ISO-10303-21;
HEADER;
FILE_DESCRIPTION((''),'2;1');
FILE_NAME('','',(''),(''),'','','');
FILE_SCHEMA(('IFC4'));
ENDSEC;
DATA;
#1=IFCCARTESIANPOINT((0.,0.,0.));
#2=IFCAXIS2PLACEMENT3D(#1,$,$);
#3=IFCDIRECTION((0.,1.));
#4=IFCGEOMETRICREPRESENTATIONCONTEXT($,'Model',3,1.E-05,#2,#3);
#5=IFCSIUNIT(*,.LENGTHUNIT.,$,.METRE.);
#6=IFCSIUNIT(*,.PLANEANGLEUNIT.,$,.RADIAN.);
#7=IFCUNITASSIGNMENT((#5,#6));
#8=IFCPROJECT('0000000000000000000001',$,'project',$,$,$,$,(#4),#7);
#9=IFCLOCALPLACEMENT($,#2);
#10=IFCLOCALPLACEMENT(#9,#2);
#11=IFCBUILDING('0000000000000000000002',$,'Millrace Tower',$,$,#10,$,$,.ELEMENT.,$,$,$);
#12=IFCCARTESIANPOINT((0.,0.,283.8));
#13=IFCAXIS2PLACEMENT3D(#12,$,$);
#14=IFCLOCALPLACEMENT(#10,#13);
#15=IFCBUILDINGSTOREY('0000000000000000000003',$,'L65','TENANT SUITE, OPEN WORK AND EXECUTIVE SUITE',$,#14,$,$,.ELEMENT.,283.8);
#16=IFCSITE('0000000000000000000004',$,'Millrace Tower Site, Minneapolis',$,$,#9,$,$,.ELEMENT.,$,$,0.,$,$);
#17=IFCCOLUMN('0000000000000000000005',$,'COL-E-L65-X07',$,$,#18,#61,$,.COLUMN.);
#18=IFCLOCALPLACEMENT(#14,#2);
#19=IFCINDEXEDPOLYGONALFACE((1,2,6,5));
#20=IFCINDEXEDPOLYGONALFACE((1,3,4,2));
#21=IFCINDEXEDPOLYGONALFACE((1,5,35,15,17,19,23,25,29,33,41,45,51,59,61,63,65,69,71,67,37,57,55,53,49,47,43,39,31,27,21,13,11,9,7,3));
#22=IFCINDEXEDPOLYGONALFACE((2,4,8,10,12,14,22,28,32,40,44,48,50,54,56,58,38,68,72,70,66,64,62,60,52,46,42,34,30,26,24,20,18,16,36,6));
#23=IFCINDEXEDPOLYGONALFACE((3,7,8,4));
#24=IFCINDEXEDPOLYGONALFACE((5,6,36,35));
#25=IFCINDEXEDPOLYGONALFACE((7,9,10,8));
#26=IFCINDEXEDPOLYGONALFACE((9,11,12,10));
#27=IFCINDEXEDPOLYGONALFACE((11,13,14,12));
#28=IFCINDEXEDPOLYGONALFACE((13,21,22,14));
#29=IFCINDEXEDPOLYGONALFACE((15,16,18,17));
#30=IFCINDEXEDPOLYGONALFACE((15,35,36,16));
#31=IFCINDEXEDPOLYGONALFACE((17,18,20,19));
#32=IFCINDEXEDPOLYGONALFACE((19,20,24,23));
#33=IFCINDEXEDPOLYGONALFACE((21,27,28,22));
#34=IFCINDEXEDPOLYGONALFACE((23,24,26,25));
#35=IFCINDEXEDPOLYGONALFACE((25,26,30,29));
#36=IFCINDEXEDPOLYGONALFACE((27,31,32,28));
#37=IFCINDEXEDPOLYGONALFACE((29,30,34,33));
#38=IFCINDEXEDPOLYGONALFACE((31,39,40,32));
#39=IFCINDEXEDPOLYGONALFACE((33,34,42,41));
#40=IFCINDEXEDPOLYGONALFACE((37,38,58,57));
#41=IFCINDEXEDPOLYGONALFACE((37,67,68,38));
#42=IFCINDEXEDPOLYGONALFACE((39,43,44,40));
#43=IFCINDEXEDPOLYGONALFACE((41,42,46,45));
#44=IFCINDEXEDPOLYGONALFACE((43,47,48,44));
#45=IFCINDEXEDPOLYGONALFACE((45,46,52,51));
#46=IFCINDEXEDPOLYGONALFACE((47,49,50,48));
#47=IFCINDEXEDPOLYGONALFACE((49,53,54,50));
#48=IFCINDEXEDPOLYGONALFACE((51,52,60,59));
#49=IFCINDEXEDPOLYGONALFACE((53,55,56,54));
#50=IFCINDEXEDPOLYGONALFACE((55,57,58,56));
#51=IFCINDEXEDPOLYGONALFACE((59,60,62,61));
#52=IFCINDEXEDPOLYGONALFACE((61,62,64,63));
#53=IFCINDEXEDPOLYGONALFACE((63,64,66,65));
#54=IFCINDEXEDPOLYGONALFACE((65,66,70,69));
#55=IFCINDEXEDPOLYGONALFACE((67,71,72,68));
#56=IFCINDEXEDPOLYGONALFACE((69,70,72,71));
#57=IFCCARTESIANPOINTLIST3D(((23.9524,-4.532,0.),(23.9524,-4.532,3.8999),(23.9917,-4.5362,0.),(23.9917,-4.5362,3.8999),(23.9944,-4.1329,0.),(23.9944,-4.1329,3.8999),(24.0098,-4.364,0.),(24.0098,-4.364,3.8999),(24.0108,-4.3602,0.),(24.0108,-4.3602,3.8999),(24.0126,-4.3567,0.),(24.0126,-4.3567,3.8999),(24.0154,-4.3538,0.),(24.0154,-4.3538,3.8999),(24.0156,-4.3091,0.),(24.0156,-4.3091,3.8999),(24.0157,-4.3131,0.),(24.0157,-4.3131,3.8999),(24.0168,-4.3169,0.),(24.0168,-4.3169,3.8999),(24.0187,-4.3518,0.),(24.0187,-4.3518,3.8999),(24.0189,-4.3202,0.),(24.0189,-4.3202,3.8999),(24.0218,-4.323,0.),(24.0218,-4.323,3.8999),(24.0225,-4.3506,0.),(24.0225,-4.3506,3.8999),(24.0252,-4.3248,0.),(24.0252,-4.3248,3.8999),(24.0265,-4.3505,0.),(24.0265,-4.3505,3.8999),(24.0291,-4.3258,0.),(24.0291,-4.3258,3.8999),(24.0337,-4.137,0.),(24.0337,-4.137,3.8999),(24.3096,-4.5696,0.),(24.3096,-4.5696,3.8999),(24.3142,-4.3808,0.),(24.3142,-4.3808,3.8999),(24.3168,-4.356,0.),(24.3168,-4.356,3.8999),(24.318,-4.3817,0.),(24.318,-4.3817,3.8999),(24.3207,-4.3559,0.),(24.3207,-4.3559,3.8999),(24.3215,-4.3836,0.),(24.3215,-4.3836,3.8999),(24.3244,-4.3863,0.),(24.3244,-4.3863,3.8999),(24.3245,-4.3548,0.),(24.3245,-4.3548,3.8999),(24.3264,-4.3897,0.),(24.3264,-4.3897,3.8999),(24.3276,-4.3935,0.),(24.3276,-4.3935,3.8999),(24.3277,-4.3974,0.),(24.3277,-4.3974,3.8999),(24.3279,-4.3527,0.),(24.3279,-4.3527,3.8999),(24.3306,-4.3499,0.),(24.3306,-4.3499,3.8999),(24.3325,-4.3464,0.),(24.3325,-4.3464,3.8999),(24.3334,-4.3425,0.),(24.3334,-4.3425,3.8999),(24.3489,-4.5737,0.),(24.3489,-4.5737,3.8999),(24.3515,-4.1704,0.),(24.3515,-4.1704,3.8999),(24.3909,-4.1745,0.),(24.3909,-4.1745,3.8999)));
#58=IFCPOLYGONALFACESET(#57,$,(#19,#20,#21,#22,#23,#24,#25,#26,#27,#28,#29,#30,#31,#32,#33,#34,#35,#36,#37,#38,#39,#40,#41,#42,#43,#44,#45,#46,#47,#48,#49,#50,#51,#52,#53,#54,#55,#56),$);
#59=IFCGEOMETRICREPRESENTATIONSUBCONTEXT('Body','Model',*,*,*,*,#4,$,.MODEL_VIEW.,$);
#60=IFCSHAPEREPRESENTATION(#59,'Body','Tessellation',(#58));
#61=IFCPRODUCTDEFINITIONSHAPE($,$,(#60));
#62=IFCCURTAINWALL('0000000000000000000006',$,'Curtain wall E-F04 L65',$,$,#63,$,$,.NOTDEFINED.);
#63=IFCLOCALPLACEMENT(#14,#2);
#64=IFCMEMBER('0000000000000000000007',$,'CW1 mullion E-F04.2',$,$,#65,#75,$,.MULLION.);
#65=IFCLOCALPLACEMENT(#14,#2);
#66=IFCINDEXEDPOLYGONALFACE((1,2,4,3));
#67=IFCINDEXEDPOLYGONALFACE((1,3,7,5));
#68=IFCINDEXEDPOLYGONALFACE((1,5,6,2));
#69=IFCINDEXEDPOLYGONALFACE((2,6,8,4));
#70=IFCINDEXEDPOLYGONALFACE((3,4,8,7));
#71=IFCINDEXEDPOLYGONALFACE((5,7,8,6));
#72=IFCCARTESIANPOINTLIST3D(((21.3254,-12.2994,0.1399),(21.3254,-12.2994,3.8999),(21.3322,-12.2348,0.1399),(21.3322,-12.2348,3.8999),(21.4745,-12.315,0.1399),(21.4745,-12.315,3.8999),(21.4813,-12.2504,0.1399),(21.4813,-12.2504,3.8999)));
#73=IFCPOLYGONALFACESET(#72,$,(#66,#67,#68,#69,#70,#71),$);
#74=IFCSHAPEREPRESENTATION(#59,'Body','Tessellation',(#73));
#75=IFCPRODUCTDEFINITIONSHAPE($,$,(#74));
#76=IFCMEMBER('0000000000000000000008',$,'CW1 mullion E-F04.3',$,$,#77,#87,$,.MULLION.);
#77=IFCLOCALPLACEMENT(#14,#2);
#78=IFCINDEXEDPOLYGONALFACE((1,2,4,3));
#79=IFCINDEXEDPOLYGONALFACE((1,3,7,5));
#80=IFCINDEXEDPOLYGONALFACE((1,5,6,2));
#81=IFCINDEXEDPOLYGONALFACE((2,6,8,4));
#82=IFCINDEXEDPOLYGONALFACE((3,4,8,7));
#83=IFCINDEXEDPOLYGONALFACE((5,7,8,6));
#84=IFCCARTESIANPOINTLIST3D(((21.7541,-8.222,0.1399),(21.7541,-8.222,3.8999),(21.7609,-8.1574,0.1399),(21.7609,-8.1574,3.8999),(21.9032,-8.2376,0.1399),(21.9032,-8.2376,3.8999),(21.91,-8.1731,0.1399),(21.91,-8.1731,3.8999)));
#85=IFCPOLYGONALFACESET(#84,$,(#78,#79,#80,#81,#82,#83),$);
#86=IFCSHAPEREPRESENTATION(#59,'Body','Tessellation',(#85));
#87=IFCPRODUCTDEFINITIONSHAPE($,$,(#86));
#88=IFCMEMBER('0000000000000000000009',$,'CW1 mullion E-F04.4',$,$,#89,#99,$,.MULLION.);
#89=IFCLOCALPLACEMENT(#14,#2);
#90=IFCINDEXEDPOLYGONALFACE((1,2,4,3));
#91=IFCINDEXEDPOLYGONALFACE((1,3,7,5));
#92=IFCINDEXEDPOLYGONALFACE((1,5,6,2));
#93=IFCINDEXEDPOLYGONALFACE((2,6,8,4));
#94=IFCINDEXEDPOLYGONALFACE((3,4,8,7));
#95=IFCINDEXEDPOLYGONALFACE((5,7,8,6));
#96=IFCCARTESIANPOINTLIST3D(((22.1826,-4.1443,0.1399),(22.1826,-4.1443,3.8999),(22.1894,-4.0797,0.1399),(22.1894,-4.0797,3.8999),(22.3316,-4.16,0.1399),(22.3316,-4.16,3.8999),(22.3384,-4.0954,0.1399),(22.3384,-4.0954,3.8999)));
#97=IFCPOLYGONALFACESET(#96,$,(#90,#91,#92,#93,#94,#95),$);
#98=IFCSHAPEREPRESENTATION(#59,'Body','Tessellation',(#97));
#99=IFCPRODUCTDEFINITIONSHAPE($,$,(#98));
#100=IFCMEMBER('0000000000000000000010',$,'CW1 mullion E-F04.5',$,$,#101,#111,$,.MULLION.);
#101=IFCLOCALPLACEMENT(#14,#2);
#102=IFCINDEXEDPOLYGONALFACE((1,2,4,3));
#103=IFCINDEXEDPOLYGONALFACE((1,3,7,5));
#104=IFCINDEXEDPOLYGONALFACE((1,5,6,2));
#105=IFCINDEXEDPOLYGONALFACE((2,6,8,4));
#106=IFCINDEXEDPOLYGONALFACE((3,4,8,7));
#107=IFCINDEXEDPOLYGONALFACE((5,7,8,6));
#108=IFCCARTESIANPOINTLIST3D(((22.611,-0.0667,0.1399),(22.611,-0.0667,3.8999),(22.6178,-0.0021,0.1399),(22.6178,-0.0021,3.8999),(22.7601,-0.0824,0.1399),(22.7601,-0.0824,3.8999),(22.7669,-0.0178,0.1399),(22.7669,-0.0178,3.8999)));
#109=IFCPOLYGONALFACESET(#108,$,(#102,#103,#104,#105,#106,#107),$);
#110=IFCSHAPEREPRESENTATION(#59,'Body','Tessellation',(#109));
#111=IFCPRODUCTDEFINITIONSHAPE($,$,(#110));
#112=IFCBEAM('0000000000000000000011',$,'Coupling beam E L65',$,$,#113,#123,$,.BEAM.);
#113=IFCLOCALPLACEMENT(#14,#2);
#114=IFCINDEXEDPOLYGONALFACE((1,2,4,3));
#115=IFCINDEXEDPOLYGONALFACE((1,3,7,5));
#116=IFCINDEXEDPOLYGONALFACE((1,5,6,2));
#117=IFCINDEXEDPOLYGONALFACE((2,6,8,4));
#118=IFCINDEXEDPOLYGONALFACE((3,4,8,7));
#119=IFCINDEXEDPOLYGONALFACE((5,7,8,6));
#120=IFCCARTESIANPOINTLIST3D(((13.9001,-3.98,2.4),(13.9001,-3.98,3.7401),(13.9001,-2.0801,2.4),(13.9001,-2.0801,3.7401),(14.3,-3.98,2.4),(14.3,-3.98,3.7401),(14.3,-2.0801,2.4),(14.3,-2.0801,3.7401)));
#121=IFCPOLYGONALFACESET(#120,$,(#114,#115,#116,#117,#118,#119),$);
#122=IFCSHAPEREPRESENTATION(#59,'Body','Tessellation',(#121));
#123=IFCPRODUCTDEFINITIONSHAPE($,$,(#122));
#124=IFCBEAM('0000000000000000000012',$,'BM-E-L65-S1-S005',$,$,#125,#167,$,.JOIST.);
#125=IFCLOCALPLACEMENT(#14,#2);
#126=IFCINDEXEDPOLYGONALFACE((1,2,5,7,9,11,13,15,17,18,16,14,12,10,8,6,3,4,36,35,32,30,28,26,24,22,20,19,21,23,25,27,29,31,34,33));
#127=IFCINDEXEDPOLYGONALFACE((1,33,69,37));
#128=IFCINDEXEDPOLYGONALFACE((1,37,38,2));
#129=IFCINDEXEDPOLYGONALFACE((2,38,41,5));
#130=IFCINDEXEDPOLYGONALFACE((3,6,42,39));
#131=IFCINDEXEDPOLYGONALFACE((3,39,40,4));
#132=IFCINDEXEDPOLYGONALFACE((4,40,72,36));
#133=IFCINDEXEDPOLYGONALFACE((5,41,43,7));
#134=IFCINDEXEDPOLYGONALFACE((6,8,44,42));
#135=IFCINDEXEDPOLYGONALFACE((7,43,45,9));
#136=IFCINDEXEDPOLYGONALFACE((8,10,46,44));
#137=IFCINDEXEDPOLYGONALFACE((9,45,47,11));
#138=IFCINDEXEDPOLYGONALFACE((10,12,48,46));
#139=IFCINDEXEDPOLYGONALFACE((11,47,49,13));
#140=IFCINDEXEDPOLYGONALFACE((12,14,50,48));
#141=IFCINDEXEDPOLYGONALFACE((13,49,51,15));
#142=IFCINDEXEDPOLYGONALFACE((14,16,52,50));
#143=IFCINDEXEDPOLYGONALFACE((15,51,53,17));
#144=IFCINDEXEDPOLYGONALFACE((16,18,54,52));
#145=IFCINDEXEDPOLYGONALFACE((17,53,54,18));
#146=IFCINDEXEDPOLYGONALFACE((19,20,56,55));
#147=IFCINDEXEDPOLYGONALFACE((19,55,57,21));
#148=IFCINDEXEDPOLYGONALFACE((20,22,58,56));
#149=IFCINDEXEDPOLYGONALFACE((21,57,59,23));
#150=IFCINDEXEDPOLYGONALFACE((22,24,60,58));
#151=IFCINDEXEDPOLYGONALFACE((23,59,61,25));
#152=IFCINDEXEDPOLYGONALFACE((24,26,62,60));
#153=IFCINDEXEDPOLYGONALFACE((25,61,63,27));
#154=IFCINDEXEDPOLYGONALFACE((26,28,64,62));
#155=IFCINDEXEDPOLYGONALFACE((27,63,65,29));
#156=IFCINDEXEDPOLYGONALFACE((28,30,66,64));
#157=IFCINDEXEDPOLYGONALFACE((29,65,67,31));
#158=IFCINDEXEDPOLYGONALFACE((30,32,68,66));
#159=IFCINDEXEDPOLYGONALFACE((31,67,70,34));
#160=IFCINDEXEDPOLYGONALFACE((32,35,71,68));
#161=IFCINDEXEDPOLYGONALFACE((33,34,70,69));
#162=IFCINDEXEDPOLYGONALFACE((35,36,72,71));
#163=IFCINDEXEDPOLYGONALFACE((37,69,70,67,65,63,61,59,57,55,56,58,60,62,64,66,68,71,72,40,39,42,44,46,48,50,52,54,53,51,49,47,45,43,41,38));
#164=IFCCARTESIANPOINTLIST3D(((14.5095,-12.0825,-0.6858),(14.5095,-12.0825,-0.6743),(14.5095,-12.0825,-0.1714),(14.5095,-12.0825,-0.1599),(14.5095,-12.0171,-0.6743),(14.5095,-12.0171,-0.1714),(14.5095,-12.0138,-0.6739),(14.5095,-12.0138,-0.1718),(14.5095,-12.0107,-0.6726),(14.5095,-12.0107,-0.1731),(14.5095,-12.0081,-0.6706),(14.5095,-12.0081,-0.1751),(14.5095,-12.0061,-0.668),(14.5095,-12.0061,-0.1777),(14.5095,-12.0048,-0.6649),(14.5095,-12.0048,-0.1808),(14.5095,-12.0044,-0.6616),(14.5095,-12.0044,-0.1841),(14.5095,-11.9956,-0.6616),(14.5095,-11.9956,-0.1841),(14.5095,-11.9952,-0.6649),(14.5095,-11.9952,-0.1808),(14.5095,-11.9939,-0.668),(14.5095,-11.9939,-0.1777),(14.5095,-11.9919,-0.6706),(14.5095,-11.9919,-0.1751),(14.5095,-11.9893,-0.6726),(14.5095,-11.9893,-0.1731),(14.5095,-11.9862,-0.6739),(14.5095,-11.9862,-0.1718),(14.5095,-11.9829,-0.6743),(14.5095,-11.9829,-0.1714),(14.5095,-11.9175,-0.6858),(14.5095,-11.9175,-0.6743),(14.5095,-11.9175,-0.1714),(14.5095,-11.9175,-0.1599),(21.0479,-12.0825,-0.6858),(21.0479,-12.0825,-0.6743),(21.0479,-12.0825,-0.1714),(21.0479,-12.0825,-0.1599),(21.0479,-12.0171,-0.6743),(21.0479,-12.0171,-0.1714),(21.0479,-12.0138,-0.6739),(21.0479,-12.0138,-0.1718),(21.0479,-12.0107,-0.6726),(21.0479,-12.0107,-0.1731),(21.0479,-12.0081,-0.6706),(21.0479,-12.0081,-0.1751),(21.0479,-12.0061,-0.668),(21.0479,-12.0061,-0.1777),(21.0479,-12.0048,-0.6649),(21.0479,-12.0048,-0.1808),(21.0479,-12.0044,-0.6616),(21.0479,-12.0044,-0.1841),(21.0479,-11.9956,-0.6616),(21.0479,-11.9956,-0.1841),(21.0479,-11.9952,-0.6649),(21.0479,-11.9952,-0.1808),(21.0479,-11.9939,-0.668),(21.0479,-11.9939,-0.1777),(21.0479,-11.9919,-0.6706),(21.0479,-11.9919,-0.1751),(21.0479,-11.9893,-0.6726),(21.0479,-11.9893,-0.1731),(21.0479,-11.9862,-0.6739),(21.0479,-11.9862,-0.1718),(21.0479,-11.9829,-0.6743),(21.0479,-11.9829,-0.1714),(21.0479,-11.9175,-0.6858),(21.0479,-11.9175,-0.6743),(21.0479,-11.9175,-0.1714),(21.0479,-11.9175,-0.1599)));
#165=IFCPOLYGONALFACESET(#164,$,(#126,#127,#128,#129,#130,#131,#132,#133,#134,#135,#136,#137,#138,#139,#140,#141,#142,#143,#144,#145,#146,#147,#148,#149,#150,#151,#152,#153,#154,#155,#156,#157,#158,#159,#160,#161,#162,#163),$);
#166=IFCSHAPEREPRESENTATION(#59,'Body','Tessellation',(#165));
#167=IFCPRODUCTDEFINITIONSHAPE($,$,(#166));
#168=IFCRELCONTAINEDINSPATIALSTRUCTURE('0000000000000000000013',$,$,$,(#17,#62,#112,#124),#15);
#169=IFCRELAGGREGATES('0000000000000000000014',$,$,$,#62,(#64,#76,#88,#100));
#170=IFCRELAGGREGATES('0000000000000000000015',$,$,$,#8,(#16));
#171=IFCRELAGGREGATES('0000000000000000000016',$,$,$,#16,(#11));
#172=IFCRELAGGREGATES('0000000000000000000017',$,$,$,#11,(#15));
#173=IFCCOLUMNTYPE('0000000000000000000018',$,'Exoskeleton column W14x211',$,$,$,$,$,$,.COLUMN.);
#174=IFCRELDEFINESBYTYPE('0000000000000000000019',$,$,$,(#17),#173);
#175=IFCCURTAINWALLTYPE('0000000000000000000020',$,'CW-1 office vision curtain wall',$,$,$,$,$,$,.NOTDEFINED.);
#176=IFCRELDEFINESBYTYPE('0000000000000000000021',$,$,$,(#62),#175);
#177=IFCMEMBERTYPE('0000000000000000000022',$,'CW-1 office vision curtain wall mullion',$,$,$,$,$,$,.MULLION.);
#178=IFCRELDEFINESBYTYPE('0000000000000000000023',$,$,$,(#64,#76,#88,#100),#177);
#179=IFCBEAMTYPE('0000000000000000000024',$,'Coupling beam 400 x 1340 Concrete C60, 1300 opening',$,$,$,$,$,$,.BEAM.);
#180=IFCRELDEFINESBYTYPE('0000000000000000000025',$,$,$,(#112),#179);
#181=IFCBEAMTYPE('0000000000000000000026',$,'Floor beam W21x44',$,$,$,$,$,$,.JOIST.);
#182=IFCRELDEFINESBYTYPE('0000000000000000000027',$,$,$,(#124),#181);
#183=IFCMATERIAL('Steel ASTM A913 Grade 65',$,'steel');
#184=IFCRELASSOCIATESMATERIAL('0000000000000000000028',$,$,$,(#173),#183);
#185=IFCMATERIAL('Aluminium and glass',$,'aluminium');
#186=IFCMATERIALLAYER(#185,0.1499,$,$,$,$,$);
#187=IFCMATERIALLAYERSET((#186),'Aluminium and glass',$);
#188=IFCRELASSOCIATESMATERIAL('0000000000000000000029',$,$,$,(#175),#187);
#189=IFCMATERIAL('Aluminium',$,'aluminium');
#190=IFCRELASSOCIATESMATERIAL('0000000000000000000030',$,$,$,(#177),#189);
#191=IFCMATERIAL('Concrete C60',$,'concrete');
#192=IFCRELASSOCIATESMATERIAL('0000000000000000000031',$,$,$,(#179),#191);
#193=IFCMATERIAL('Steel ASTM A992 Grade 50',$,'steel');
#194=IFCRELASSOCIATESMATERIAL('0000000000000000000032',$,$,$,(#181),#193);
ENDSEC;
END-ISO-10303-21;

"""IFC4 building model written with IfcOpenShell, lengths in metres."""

from ifc_helpers import new_model, si_unit, direction, frame, origin, origin_2d, place, context, subcontext, project, spatial, rectangle, i_section, extrude, material, layer, layer_set, material_profile, profile_set, type_object, element, aggregate, save


model = new_model("IFC4")

# Units and contexts
model_context = context("Model", 3, precision=1e-05, world=origin(), true_north=direction((0.0, 1.0)))
body_context = subcontext(model_context, "Body", "Model", "MODEL_VIEW")
ifc_project = project(units=[si_unit("LENGTHUNIT", "METRE"), si_unit("PLANEANGLEUNIT", "RADIAN")], contexts=[model_context])

# Site, building, storey
site_placement = place(None, origin())
site = spatial("IfcSite", under=ifc_project, at=site_placement, Name="Millrace Tower Site, Minneapolis", CompositionType="ELEMENT", RefElevation=0.0)
building_placement = place(site_placement, origin())
building = spatial("IfcBuilding", under=site, at=building_placement, Name="Millrace Tower", CompositionType="ELEMENT")
storey_placement = place(building_placement, frame((0.0, 0.0, 283.8)))
storey = spatial("IfcBuildingStorey", under=building, at=storey_placement, Name="L65", Description="TENANT SUITE, OPEN WORK AND EXECUTIVE SUITE", CompositionType="ELEMENT", Elevation=283.8)

# Column
ifc_material_1 = material(Name="Steel ASTM A913 Grade 65", Category="steel")
ifc_material_profile_1 = material_profile(ifc_material_1, i_section(OverallWidth=0.4014, OverallDepth=0.3987, WebThickness=0.0249, FlangeThickness=0.0396, FilletRadius=0.0151, at=origin_2d()))
ifc_profile_set_1 = profile_set([ifc_material_profile_1], Name="Steel ASTM A913 Grade 65")
column_type = type_object("IfcColumnType", Name="Exoskeleton column W14x211", PredefinedType="COLUMN", material=ifc_profile_set_1)
column_placement = place(storey_placement, frame((24.1716, -4.3533, 0.0), z_axis=(0.0, 0.0, 1.0), x_axis=(0.104528, 0.994522, 0.0)))
element("IfcColumn", 1, at=column_placement, inside=storey, type_object=column_type, Name="COL-E-L65-X07", PredefinedType="COLUMN", context=body_context, shape_type="SweptSolid", body=[
    extrude(i_section(OverallWidth=0.4014, OverallDepth=0.3987, WebThickness=0.0249, FlangeThickness=0.0396, FilletRadius=0.0151, at=origin_2d()), origin(), (0.0, 0.0, 1.0), 3.8999),
])

# Curtain wall, members
ifc_material_2 = material(Name="Aluminium and glass", Category="aluminium")
ifc_layer_1 = layer(ifc_material_2, 0.1499)
ifc_layer_set_1 = layer_set([ifc_layer_1], Name="Aluminium and glass")
curtain_wall_type = type_object("IfcCurtainWallType", Name="CW-1 office vision curtain wall", PredefinedType="NOTDEFINED", material=ifc_layer_set_1)
placement = place(storey_placement, origin())
curtain_wall = element("IfcCurtainWall", 2, at=placement, inside=storey, type_object=curtain_wall_type, Name="Curtain wall E-F04 L65", PredefinedType="NOTDEFINED")
ifc_material_3 = material(Name="Aluminium", Category="aluminium")
ifc_material_profile_2 = material_profile(ifc_material_3, rectangle(XDim=0.0649, YDim=0.1499, at=origin_2d()))
ifc_profile_set_2 = profile_set([ifc_material_profile_2], Name="Aluminium")
member_type = type_object("IfcMemberType", Name="CW-1 office vision curtain wall mullion", PredefinedType="MULLION", material=ifc_profile_set_2)
member_1_placement = place(storey_placement, frame((21.4033, -12.2749, 0.1399), z_axis=(0.0, 0.0, 1.0), x_axis=(0.104528, 0.994522, 0.0)))
member_1 = element("IfcMember", 3, at=member_1_placement, type_object=member_type, Name="CW1 mullion E-F04.2", PredefinedType="MULLION", context=body_context, shape_type="SweptSolid", body=[
    extrude(rectangle(XDim=0.0649, YDim=0.1499, at=origin_2d()), origin(), (0.0, 0.0, 1.0), 3.76),
])
member_2_placement = place(storey_placement, frame((21.832, -8.1975, 0.1399), z_axis=(0.0, 0.0, 1.0), x_axis=(0.104528, 0.994522, 0.0)))
member_2 = element("IfcMember", 4, at=member_2_placement, type_object=member_type, Name="CW1 mullion E-F04.3", PredefinedType="MULLION", context=body_context, shape_type="SweptSolid", body=[
    extrude(rectangle(XDim=0.0649, YDim=0.1499, at=origin_2d()), origin(), (0.0, 0.0, 1.0), 3.76),
])
member_3_placement = place(storey_placement, frame((22.2605, -4.1199, 0.1399), z_axis=(0.0, 0.0, 1.0), x_axis=(0.104528, 0.994522, 0.0)))
member_3 = element("IfcMember", 5, at=member_3_placement, type_object=member_type, Name="CW1 mullion E-F04.4", PredefinedType="MULLION", context=body_context, shape_type="SweptSolid", body=[
    extrude(rectangle(XDim=0.0649, YDim=0.1499, at=origin_2d()), origin(), (0.0, 0.0, 1.0), 3.76),
])
member_4_placement = place(storey_placement, frame((22.689, -0.0422, 0.1399), z_axis=(0.0, 0.0, 1.0), x_axis=(0.104528, 0.994522, 0.0)))
member_4 = element("IfcMember", 6, at=member_4_placement, type_object=member_type, Name="CW1 mullion E-F04.5", PredefinedType="MULLION", context=body_context, shape_type="SweptSolid", body=[
    extrude(rectangle(XDim=0.0649, YDim=0.1499, at=origin_2d()), origin(), (0.0, 0.0, 1.0), 3.76),
])
aggregate(curtain_wall, [member_1, member_2, member_3, member_4])

# Beams
ifc_material_4 = material(Name="Concrete C60", Category="concrete")
ifc_material_profile_3 = material_profile(ifc_material_4, rectangle(XDim=0.3999, YDim=1.3401, at=origin_2d()))
ifc_profile_set_3 = profile_set([ifc_material_profile_3], Name="Concrete C60")
beam_type_1 = type_object("IfcBeamType", Name="Coupling beam 400 x 1340 Concrete C60, 1300 opening", PredefinedType="BEAM", material=ifc_profile_set_3)
beam_1_placement = place(storey_placement, frame((14.1001, -2.0801, 3.0701), z_axis=(0.0, -1.0, 0.0), x_axis=(1.0, 0.0, 0.0)))
element("IfcBeam", 7, at=beam_1_placement, inside=storey, type_object=beam_type_1, Name="Coupling beam E L65", PredefinedType="BEAM", context=body_context, shape_type="SweptSolid", body=[
    extrude(rectangle(XDim=0.3999, YDim=1.3401, at=origin_2d()), origin(), (0.0, 0.0, 1.0), 1.8999),
])
ifc_material_5 = material(Name="Steel ASTM A992 Grade 50", Category="steel")
ifc_material_profile_4 = material_profile(ifc_material_5, i_section(OverallWidth=0.165, OverallDepth=0.5259, WebThickness=0.0088, FlangeThickness=0.0115, FilletRadius=0.0127, at=origin_2d()))
ifc_profile_set_4 = profile_set([ifc_material_profile_4], Name="Steel ASTM A992 Grade 50")
beam_type_2 = type_object("IfcBeamType", Name="Floor beam W21x44", PredefinedType="JOIST", material=ifc_profile_set_4)
beam_2_placement = place(storey_placement, frame((14.5095, -12.0, -0.4229), z_axis=(1.0, 0.0, 0.0), x_axis=(0.0, 1.0, 0.0)))
element("IfcBeam", 8, at=beam_2_placement, inside=storey, type_object=beam_type_2, Name="BM-E-L65-S1-S005", PredefinedType="JOIST", context=body_context, shape_type="SweptSolid", body=[
    extrude(i_section(OverallWidth=0.165, OverallDepth=0.5259, WebThickness=0.0088, FlangeThickness=0.0115, FilletRadius=0.0127, at=origin_2d()), origin(), (0.0, 0.0, 1.0), 6.5383),
])

save(model, "model.ifc")
